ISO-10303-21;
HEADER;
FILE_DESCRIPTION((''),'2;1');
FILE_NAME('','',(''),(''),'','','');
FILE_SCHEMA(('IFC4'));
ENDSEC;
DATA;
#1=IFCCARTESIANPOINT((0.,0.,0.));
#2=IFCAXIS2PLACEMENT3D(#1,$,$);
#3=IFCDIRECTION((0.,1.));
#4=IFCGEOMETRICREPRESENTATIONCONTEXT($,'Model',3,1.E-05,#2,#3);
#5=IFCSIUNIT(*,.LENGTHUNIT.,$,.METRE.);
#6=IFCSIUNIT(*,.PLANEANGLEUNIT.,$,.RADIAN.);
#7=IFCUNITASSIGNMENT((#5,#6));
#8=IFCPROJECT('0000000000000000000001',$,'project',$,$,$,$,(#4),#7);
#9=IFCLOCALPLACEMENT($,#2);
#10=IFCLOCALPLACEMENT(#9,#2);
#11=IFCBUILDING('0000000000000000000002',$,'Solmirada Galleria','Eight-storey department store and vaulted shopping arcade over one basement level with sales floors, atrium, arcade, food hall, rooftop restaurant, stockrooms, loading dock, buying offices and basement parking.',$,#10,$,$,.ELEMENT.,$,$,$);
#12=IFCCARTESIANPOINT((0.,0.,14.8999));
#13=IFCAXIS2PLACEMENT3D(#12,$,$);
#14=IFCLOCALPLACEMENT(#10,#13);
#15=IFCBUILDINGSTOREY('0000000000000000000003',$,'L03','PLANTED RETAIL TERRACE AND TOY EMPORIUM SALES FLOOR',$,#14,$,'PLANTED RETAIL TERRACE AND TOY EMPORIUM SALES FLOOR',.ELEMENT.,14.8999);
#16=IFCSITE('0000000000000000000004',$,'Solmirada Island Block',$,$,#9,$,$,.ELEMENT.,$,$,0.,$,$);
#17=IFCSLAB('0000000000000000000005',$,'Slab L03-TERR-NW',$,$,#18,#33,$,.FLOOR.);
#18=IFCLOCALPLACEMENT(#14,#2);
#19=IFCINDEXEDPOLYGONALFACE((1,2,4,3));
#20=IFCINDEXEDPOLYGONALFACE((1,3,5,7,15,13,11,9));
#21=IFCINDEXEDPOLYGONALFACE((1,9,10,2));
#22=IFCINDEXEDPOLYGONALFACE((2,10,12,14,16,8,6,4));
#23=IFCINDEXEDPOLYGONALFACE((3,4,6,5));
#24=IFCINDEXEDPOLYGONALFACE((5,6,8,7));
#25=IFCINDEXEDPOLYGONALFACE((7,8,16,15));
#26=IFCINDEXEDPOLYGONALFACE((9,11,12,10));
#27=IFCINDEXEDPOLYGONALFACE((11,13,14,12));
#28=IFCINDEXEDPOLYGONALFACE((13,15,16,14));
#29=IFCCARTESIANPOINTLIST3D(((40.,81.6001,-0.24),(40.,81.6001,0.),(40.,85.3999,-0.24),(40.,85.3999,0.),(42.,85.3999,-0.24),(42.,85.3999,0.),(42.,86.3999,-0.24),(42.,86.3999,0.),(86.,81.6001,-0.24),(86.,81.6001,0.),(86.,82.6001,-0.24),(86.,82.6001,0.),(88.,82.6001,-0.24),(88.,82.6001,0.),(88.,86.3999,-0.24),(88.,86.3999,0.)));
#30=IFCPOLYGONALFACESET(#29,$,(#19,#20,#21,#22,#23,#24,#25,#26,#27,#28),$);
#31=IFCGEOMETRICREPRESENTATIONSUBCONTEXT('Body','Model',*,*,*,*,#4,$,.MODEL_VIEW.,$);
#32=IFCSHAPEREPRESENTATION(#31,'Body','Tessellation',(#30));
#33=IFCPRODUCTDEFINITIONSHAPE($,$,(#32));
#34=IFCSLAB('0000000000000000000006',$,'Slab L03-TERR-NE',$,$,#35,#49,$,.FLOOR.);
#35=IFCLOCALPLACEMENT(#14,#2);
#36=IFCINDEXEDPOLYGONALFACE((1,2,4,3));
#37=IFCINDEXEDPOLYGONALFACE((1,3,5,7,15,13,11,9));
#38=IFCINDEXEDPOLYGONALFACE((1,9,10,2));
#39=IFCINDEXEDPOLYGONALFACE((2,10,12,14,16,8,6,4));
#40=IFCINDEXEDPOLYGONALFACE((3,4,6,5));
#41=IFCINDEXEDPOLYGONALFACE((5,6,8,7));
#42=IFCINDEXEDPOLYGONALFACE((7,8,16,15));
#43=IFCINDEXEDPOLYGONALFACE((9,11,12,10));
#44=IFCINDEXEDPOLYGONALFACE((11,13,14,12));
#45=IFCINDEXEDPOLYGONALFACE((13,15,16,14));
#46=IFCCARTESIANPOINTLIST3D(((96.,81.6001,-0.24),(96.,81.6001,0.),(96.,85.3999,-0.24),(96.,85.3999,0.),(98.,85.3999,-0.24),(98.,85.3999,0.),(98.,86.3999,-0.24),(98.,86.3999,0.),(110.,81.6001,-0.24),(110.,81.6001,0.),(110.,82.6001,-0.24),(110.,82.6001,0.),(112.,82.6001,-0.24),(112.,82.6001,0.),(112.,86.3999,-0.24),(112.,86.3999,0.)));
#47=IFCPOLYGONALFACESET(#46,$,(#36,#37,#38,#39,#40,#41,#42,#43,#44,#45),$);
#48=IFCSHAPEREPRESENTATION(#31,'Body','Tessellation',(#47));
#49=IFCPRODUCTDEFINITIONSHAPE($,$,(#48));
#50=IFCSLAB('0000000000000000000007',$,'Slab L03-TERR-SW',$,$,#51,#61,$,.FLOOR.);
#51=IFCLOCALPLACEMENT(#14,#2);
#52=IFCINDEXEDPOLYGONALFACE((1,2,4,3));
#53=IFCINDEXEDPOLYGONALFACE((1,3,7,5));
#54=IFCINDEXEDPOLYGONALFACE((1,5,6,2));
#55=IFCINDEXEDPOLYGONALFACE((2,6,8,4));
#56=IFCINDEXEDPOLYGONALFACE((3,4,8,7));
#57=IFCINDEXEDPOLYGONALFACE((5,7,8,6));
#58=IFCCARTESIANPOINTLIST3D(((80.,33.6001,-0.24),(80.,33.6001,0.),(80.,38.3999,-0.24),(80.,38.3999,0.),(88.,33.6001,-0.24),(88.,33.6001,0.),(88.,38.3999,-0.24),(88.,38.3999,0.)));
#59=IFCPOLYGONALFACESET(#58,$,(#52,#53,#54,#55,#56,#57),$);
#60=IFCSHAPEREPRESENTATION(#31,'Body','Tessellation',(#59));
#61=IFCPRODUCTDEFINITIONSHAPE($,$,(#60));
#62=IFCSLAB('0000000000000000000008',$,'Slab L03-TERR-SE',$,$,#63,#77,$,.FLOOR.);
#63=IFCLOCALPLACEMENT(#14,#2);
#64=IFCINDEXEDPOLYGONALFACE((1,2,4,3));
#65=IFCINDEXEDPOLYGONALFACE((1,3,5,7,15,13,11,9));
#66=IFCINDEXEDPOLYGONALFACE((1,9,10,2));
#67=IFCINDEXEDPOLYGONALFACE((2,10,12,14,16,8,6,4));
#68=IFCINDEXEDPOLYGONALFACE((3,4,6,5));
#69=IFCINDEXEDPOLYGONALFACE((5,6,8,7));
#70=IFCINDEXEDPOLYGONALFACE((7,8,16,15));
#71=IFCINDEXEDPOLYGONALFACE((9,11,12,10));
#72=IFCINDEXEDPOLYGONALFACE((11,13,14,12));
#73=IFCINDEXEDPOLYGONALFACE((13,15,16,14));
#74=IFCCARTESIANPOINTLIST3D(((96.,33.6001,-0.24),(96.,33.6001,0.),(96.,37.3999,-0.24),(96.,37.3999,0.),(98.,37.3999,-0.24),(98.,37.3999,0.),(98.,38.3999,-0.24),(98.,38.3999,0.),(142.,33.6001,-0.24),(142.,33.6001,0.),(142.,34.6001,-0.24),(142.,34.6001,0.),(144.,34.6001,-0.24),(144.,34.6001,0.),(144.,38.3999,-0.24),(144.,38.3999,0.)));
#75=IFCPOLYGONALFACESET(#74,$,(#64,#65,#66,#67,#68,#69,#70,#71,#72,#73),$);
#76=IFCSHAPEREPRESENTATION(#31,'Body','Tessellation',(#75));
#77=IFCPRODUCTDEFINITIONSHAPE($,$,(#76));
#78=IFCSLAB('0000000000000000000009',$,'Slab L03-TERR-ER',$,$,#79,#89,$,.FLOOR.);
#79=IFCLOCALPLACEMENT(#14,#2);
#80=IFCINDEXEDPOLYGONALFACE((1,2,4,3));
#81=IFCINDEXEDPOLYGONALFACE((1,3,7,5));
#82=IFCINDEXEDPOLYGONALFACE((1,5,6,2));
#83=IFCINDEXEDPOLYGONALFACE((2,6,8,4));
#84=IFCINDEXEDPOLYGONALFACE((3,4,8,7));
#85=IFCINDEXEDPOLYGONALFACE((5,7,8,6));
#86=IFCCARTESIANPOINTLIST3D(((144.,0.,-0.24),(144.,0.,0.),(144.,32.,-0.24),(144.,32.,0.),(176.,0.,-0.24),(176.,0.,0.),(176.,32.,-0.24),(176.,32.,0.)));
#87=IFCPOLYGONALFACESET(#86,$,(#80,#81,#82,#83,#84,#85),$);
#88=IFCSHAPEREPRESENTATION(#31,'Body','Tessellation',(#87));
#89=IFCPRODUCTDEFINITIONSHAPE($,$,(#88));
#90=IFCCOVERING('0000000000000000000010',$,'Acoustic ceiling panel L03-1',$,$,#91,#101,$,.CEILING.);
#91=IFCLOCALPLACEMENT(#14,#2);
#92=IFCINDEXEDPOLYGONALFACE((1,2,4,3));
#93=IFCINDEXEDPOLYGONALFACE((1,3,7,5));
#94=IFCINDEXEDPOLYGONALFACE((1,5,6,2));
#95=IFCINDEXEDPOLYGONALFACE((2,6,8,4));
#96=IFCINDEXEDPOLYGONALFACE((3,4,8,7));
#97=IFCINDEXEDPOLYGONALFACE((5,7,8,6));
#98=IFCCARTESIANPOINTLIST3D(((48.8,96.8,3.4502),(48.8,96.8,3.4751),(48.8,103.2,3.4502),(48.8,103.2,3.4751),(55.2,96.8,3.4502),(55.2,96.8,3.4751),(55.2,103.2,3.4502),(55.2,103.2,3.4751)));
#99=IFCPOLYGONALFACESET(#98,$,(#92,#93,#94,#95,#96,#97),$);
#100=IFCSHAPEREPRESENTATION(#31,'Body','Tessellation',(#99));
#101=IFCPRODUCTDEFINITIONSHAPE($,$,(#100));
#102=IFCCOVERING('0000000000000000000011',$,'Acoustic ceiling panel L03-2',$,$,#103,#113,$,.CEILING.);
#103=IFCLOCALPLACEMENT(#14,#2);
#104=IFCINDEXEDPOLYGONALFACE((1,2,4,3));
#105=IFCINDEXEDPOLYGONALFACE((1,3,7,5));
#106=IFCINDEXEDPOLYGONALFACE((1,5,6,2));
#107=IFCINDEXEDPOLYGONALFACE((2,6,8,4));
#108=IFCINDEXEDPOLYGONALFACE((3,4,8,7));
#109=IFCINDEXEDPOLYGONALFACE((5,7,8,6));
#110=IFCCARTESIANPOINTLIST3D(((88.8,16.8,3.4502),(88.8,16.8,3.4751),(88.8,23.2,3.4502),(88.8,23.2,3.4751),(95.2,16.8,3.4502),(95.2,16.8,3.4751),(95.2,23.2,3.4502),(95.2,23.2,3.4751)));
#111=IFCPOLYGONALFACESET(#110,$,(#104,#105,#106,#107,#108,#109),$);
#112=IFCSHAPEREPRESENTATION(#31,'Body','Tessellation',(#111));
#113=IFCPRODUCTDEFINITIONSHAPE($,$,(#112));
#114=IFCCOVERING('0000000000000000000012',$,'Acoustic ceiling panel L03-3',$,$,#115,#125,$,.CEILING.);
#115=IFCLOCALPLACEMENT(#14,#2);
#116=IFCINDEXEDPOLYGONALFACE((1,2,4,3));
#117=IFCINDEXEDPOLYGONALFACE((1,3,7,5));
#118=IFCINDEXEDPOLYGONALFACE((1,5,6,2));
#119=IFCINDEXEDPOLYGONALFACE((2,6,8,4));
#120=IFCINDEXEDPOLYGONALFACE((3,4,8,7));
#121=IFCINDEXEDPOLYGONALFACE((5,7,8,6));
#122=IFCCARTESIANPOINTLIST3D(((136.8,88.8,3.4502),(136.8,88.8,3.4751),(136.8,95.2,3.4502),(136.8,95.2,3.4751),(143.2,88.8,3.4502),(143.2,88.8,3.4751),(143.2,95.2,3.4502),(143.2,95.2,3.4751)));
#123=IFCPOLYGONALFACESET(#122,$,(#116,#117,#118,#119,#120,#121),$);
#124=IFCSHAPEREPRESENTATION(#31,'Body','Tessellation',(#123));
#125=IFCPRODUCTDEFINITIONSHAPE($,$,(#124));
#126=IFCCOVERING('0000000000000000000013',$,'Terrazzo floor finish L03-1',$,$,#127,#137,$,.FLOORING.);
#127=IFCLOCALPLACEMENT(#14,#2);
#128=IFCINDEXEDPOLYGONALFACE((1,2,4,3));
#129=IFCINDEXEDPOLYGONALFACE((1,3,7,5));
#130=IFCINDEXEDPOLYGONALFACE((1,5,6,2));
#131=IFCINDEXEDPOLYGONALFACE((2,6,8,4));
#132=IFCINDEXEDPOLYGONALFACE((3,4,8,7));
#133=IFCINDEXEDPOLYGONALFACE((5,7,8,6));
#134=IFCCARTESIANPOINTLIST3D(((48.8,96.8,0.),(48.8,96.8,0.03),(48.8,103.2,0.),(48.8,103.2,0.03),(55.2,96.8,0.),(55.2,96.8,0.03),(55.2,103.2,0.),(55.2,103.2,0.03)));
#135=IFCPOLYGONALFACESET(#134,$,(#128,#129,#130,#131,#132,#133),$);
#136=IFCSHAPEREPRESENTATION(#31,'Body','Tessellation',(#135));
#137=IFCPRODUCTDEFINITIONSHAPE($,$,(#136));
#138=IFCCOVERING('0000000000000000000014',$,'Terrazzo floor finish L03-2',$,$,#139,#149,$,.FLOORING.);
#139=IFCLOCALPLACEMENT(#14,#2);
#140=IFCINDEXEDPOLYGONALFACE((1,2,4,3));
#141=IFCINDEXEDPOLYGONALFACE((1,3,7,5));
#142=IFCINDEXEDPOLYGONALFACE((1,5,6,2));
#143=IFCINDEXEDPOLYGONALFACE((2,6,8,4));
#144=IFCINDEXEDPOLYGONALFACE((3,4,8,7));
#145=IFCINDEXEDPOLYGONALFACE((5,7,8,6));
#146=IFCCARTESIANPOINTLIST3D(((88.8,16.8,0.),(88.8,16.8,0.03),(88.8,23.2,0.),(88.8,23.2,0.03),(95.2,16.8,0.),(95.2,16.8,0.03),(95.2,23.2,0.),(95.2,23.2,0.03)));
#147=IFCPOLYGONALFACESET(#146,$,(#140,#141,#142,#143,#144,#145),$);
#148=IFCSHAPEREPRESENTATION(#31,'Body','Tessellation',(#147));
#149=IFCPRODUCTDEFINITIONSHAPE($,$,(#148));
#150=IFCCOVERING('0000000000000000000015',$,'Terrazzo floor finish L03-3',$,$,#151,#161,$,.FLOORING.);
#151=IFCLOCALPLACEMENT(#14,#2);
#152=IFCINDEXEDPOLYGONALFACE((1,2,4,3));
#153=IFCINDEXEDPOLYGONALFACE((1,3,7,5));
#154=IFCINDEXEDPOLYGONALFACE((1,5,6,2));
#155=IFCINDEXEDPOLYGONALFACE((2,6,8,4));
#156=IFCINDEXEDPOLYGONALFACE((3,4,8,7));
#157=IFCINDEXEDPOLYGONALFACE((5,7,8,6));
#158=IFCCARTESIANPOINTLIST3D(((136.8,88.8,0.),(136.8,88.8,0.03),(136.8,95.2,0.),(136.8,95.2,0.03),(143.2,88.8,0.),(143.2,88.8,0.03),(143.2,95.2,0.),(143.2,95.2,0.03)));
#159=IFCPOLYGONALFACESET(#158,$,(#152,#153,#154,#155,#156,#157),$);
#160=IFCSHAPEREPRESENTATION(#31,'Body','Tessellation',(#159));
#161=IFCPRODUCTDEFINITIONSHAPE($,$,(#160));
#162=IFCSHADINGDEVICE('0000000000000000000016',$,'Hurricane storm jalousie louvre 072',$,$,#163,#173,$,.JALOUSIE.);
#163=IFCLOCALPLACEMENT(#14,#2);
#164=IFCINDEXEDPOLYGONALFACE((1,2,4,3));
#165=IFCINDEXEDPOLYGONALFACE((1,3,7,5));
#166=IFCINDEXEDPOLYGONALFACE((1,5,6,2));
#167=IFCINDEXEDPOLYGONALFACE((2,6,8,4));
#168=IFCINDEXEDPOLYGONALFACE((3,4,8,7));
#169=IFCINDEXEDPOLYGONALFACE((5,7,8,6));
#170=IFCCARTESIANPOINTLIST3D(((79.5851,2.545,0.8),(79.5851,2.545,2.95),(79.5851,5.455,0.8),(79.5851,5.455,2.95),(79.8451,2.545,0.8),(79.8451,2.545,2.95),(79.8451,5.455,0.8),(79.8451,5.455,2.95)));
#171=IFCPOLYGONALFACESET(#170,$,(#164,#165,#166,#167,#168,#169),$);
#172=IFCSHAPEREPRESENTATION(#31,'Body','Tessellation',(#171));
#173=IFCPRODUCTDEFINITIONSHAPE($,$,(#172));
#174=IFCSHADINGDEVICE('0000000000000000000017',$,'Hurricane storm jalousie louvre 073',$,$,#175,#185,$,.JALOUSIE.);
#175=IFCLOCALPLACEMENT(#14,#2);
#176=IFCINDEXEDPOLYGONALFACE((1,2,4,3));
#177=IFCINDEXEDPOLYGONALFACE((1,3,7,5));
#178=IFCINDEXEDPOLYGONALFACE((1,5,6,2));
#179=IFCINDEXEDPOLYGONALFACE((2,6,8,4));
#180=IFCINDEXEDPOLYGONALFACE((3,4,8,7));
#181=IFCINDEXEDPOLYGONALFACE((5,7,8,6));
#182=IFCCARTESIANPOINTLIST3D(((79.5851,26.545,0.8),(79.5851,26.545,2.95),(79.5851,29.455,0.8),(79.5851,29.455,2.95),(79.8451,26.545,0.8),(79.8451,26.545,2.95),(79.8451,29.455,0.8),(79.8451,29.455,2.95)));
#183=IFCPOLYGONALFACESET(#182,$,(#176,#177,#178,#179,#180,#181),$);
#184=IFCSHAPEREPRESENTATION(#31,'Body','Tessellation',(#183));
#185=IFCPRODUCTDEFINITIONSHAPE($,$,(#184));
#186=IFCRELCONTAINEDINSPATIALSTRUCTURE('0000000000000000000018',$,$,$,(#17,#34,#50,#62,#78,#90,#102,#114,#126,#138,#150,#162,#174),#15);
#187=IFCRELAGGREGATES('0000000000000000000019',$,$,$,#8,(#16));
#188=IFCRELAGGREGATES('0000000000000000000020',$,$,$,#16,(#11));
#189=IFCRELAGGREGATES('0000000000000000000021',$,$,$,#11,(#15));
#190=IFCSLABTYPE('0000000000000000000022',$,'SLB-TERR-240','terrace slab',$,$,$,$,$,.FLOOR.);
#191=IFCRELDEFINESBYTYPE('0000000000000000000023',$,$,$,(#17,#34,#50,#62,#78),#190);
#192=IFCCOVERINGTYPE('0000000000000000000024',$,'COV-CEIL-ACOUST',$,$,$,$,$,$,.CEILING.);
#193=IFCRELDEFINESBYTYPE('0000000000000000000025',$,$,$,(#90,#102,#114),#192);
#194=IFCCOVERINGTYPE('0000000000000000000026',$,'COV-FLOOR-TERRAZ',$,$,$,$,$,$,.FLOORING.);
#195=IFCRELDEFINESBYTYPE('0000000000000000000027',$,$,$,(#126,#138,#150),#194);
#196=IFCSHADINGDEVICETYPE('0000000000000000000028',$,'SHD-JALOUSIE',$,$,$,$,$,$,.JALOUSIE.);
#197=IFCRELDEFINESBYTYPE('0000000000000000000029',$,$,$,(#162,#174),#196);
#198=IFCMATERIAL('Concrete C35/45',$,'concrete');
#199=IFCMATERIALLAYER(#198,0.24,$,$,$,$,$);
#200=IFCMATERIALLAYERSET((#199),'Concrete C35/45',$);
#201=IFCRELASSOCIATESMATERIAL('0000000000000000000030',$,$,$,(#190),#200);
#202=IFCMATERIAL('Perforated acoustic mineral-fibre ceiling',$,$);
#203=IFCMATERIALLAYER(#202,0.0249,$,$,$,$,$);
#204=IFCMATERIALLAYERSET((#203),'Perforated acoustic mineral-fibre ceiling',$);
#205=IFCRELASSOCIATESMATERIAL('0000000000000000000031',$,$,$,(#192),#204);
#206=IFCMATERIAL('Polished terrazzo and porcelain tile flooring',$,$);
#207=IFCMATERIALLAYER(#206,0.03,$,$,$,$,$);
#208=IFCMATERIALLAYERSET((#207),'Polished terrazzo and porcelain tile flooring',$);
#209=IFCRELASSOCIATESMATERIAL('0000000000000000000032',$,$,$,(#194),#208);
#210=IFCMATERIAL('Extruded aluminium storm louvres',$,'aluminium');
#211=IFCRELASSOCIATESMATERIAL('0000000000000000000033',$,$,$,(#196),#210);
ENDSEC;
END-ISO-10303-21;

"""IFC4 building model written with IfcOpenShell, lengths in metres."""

from ifc_helpers import new_model, si_unit, direction, frame, origin, origin_2d, place, context, subcontext, project, spatial, polyline, rectangle, outline, extrude, material, layer, layer_set, type_object, element, save


model = new_model("IFC4")

# Units and contexts
model_context = context("Model", 3, precision=1e-05, world=origin(), true_north=direction((0.0, 1.0)))
body_context = subcontext(model_context, "Body", "Model", "MODEL_VIEW")
ifc_project = project(units=[si_unit("LENGTHUNIT", "METRE"), si_unit("PLANEANGLEUNIT", "RADIAN")], contexts=[model_context])

# Site, building, storey
site_placement = place(None, origin())
site = spatial("IfcSite", under=ifc_project, at=site_placement, Name="Solmirada Island Block", CompositionType="ELEMENT", RefElevation=0.0)
building_placement = place(site_placement, origin())
building = spatial("IfcBuilding", under=site, at=building_placement, Name="Solmirada Galleria", Description="Eight-storey department store and vaulted shopping arcade over one basement level with sales floors, atrium, arcade, food hall, rooftop restaurant, stockrooms, loading dock, buying offices and basement parking.", CompositionType="ELEMENT")
storey_placement = place(building_placement, frame((0.0, 0.0, 14.8999)))
storey = spatial("IfcBuildingStorey", under=building, at=storey_placement, Name="L03", Description="PLANTED RETAIL TERRACE AND TOY EMPORIUM SALES FLOOR", LongName="PLANTED RETAIL TERRACE AND TOY EMPORIUM SALES FLOOR", CompositionType="ELEMENT", Elevation=14.8999)

# Shared definitions
ifc_material_1 = material(Name="Concrete C35/45", Category="concrete")

# Slabs
ifc_layer_1 = layer(ifc_material_1, 0.24)
ifc_layer_set_1 = layer_set([ifc_layer_1], Name="Concrete C35/45")
slab_type_1 = type_object("IfcSlabType", Name="SLB-TERR-240", Description="terrace slab", PredefinedType="FLOOR", material=ifc_layer_set_1)
slab_1_placement = place(storey_placement, frame((0.0, 0.0, -0.24)))
element("IfcSlab", 1, at=slab_1_placement, inside=storey, type_object=slab_type_1, Name="Slab L03-TERR-NW", PredefinedType="FLOOR", context=body_context, shape_type="SweptSolid", body=[
    extrude(outline(polyline([(40.0, 81.6001), (86.0, 81.6001), (86.0, 82.6001), (88.0, 82.6001), (88.0, 86.3999), (42.0, 86.3999), (42.0, 85.3999), (40.0, 85.3999), (40.0, 81.6001)])), origin(), (0.0, 0.0, 1.0), 0.24),
])
slab_2_placement = place(storey_placement, frame((0.0, 0.0, -0.24)))
element("IfcSlab", 2, at=slab_2_placement, inside=storey, type_object=slab_type_1, Name="Slab L03-TERR-NE", PredefinedType="FLOOR", context=body_context, shape_type="SweptSolid", body=[
    extrude(outline(polyline([(96.0, 81.6001), (110.0, 81.6001), (110.0, 82.6001), (112.0, 82.6001), (112.0, 86.3999), (98.0, 86.3999), (98.0, 85.3999), (96.0, 85.3999), (96.0, 81.6001)])), origin(), (0.0, 0.0, 1.0), 0.24),
])
slab_3_placement = place(storey_placement, frame((0.0, 0.0, -0.24)))
element("IfcSlab", 3, at=slab_3_placement, inside=storey, type_object=slab_type_1, Name="Slab L03-TERR-SW", PredefinedType="FLOOR", context=body_context, shape_type="SweptSolid", body=[
    extrude(outline(polyline([(80.0, 33.6001), (88.0, 33.6001), (88.0, 38.3999), (80.0, 38.3999), (80.0, 33.6001)])), origin(), (0.0, 0.0, 1.0), 0.24),
])
slab_4_placement = place(storey_placement, frame((0.0, 0.0, -0.24)))
element("IfcSlab", 4, at=slab_4_placement, inside=storey, type_object=slab_type_1, Name="Slab L03-TERR-SE", PredefinedType="FLOOR", context=body_context, shape_type="SweptSolid", body=[
    extrude(outline(polyline([(96.0, 33.6001), (142.0, 33.6001), (142.0, 34.6001), (144.0, 34.6001), (144.0, 38.3999), (98.0, 38.3999), (98.0, 37.3999), (96.0, 37.3999), (96.0, 33.6001)])), origin(), (0.0, 0.0, 1.0), 0.24),
])
slab_5_placement = place(storey_placement, frame((0.0, 0.0, -0.24)))
element("IfcSlab", 5, at=slab_5_placement, inside=storey, type_object=slab_type_1, Name="Slab L03-TERR-ER", PredefinedType="FLOOR", context=body_context, shape_type="SweptSolid", body=[
    extrude(outline(polyline([(144.0, 0.0), (176.0, 0.0), (176.0, 32.0), (144.0, 32.0), (144.0, 0.0)])), origin(), (0.0, 0.0, 1.0), 0.24),
])

# Coverings
ifc_material_2 = material(Name="Perforated acoustic mineral-fibre ceiling")
ifc_layer_2 = layer(ifc_material_2, 0.0249)
ifc_layer_set_2 = layer_set([ifc_layer_2], Name="Perforated acoustic mineral-fibre ceiling")
covering_type_1 = type_object("IfcCoveringType", Name="COV-CEIL-ACOUST", PredefinedType="CEILING", material=ifc_layer_set_2)
covering_1_placement = place(storey_placement, frame((0.0, 0.0, 3.4502)))
element("IfcCovering", 6, at=covering_1_placement, inside=storey, type_object=covering_type_1, Name="Acoustic ceiling panel L03-1", PredefinedType="CEILING", context=body_context, shape_type="SweptSolid", body=[
    extrude(outline(polyline([(48.8, 96.8), (55.2, 96.8), (55.2, 103.2), (48.8, 103.2), (48.8, 96.8)])), origin(), (0.0, 0.0, 1.0), 0.0249),
])
covering_2_placement = place(storey_placement, frame((0.0, 0.0, 3.4502)))
element("IfcCovering", 7, at=covering_2_placement, inside=storey, type_object=covering_type_1, Name="Acoustic ceiling panel L03-2", PredefinedType="CEILING", context=body_context, shape_type="SweptSolid", body=[
    extrude(outline(polyline([(88.8, 16.8), (95.2, 16.8), (95.2, 23.2), (88.8, 23.2), (88.8, 16.8)])), origin(), (0.0, 0.0, 1.0), 0.0249),
])
covering_3_placement = place(storey_placement, frame((0.0, 0.0, 3.4502)))
element("IfcCovering", 8, at=covering_3_placement, inside=storey, type_object=covering_type_1, Name="Acoustic ceiling panel L03-3", PredefinedType="CEILING", context=body_context, shape_type="SweptSolid", body=[
    extrude(outline(polyline([(136.8, 88.8), (143.2, 88.8), (143.2, 95.2), (136.8, 95.2), (136.8, 88.8)])), origin(), (0.0, 0.0, 1.0), 0.0249),
])
ifc_material_3 = material(Name="Polished terrazzo and porcelain tile flooring")
ifc_layer_3 = layer(ifc_material_3, 0.03)
ifc_layer_set_3 = layer_set([ifc_layer_3], Name="Polished terrazzo and porcelain tile flooring")
covering_type_2 = type_object("IfcCoveringType", Name="COV-FLOOR-TERRAZ", PredefinedType="FLOORING", material=ifc_layer_set_3)
covering_4_placement = place(storey_placement, origin())
element("IfcCovering", 9, at=covering_4_placement, inside=storey, type_object=covering_type_2, Name="Terrazzo floor finish L03-1", PredefinedType="FLOORING", context=body_context, shape_type="SweptSolid", body=[
    extrude(outline(polyline([(48.8, 96.8), (55.2, 96.8), (55.2, 103.2), (48.8, 103.2), (48.8, 96.8)])), origin(), (0.0, 0.0, 1.0), 0.03),
])
covering_5_placement = place(storey_placement, origin())
element("IfcCovering", 10, at=covering_5_placement, inside=storey, type_object=covering_type_2, Name="Terrazzo floor finish L03-2", PredefinedType="FLOORING", context=body_context, shape_type="SweptSolid", body=[
    extrude(outline(polyline([(88.8, 16.8), (95.2, 16.8), (95.2, 23.2), (88.8, 23.2), (88.8, 16.8)])), origin(), (0.0, 0.0, 1.0), 0.03),
])
covering_6_placement = place(storey_placement, origin())
element("IfcCovering", 11, at=covering_6_placement, inside=storey, type_object=covering_type_2, Name="Terrazzo floor finish L03-3", PredefinedType="FLOORING", context=body_context, shape_type="SweptSolid", body=[
    extrude(outline(polyline([(136.8, 88.8), (143.2, 88.8), (143.2, 95.2), (136.8, 95.2), (136.8, 88.8)])), origin(), (0.0, 0.0, 1.0), 0.03),
])

# Shading devices
ifc_material_4 = material(Name="Extruded aluminium storm louvres", Category="aluminium")
shading_device_type = type_object("IfcShadingDeviceType", Name="SHD-JALOUSIE", PredefinedType="JALOUSIE", material=ifc_material_4)
for number, where, z_axis, x_axis, name in (
    (12, (79.7151, 4.0, 0.8), (0.0, 0.0, 1.0), (0.0, 1.0, 0.0), "Hurricane storm jalousie louvre 072"),
    (13, (79.7151, 28.0, 0.8), (0.0, 0.0, 1.0), (0.0, 1.0, 0.0), "Hurricane storm jalousie louvre 073"),
):
    element("IfcShadingDevice", number, at=place(storey_placement, frame(where, z_axis=z_axis, x_axis=x_axis)), inside=storey, type_object=shading_device_type, Name=name, PredefinedType="JALOUSIE", context=body_context, shape_type="SweptSolid", body=[
        extrude(rectangle(XDim=2.9099, YDim=0.26, at=origin_2d()), origin(), (0.0, 0.0, 1.0), 2.1499),
    ])

save(model, "model.ifc")
